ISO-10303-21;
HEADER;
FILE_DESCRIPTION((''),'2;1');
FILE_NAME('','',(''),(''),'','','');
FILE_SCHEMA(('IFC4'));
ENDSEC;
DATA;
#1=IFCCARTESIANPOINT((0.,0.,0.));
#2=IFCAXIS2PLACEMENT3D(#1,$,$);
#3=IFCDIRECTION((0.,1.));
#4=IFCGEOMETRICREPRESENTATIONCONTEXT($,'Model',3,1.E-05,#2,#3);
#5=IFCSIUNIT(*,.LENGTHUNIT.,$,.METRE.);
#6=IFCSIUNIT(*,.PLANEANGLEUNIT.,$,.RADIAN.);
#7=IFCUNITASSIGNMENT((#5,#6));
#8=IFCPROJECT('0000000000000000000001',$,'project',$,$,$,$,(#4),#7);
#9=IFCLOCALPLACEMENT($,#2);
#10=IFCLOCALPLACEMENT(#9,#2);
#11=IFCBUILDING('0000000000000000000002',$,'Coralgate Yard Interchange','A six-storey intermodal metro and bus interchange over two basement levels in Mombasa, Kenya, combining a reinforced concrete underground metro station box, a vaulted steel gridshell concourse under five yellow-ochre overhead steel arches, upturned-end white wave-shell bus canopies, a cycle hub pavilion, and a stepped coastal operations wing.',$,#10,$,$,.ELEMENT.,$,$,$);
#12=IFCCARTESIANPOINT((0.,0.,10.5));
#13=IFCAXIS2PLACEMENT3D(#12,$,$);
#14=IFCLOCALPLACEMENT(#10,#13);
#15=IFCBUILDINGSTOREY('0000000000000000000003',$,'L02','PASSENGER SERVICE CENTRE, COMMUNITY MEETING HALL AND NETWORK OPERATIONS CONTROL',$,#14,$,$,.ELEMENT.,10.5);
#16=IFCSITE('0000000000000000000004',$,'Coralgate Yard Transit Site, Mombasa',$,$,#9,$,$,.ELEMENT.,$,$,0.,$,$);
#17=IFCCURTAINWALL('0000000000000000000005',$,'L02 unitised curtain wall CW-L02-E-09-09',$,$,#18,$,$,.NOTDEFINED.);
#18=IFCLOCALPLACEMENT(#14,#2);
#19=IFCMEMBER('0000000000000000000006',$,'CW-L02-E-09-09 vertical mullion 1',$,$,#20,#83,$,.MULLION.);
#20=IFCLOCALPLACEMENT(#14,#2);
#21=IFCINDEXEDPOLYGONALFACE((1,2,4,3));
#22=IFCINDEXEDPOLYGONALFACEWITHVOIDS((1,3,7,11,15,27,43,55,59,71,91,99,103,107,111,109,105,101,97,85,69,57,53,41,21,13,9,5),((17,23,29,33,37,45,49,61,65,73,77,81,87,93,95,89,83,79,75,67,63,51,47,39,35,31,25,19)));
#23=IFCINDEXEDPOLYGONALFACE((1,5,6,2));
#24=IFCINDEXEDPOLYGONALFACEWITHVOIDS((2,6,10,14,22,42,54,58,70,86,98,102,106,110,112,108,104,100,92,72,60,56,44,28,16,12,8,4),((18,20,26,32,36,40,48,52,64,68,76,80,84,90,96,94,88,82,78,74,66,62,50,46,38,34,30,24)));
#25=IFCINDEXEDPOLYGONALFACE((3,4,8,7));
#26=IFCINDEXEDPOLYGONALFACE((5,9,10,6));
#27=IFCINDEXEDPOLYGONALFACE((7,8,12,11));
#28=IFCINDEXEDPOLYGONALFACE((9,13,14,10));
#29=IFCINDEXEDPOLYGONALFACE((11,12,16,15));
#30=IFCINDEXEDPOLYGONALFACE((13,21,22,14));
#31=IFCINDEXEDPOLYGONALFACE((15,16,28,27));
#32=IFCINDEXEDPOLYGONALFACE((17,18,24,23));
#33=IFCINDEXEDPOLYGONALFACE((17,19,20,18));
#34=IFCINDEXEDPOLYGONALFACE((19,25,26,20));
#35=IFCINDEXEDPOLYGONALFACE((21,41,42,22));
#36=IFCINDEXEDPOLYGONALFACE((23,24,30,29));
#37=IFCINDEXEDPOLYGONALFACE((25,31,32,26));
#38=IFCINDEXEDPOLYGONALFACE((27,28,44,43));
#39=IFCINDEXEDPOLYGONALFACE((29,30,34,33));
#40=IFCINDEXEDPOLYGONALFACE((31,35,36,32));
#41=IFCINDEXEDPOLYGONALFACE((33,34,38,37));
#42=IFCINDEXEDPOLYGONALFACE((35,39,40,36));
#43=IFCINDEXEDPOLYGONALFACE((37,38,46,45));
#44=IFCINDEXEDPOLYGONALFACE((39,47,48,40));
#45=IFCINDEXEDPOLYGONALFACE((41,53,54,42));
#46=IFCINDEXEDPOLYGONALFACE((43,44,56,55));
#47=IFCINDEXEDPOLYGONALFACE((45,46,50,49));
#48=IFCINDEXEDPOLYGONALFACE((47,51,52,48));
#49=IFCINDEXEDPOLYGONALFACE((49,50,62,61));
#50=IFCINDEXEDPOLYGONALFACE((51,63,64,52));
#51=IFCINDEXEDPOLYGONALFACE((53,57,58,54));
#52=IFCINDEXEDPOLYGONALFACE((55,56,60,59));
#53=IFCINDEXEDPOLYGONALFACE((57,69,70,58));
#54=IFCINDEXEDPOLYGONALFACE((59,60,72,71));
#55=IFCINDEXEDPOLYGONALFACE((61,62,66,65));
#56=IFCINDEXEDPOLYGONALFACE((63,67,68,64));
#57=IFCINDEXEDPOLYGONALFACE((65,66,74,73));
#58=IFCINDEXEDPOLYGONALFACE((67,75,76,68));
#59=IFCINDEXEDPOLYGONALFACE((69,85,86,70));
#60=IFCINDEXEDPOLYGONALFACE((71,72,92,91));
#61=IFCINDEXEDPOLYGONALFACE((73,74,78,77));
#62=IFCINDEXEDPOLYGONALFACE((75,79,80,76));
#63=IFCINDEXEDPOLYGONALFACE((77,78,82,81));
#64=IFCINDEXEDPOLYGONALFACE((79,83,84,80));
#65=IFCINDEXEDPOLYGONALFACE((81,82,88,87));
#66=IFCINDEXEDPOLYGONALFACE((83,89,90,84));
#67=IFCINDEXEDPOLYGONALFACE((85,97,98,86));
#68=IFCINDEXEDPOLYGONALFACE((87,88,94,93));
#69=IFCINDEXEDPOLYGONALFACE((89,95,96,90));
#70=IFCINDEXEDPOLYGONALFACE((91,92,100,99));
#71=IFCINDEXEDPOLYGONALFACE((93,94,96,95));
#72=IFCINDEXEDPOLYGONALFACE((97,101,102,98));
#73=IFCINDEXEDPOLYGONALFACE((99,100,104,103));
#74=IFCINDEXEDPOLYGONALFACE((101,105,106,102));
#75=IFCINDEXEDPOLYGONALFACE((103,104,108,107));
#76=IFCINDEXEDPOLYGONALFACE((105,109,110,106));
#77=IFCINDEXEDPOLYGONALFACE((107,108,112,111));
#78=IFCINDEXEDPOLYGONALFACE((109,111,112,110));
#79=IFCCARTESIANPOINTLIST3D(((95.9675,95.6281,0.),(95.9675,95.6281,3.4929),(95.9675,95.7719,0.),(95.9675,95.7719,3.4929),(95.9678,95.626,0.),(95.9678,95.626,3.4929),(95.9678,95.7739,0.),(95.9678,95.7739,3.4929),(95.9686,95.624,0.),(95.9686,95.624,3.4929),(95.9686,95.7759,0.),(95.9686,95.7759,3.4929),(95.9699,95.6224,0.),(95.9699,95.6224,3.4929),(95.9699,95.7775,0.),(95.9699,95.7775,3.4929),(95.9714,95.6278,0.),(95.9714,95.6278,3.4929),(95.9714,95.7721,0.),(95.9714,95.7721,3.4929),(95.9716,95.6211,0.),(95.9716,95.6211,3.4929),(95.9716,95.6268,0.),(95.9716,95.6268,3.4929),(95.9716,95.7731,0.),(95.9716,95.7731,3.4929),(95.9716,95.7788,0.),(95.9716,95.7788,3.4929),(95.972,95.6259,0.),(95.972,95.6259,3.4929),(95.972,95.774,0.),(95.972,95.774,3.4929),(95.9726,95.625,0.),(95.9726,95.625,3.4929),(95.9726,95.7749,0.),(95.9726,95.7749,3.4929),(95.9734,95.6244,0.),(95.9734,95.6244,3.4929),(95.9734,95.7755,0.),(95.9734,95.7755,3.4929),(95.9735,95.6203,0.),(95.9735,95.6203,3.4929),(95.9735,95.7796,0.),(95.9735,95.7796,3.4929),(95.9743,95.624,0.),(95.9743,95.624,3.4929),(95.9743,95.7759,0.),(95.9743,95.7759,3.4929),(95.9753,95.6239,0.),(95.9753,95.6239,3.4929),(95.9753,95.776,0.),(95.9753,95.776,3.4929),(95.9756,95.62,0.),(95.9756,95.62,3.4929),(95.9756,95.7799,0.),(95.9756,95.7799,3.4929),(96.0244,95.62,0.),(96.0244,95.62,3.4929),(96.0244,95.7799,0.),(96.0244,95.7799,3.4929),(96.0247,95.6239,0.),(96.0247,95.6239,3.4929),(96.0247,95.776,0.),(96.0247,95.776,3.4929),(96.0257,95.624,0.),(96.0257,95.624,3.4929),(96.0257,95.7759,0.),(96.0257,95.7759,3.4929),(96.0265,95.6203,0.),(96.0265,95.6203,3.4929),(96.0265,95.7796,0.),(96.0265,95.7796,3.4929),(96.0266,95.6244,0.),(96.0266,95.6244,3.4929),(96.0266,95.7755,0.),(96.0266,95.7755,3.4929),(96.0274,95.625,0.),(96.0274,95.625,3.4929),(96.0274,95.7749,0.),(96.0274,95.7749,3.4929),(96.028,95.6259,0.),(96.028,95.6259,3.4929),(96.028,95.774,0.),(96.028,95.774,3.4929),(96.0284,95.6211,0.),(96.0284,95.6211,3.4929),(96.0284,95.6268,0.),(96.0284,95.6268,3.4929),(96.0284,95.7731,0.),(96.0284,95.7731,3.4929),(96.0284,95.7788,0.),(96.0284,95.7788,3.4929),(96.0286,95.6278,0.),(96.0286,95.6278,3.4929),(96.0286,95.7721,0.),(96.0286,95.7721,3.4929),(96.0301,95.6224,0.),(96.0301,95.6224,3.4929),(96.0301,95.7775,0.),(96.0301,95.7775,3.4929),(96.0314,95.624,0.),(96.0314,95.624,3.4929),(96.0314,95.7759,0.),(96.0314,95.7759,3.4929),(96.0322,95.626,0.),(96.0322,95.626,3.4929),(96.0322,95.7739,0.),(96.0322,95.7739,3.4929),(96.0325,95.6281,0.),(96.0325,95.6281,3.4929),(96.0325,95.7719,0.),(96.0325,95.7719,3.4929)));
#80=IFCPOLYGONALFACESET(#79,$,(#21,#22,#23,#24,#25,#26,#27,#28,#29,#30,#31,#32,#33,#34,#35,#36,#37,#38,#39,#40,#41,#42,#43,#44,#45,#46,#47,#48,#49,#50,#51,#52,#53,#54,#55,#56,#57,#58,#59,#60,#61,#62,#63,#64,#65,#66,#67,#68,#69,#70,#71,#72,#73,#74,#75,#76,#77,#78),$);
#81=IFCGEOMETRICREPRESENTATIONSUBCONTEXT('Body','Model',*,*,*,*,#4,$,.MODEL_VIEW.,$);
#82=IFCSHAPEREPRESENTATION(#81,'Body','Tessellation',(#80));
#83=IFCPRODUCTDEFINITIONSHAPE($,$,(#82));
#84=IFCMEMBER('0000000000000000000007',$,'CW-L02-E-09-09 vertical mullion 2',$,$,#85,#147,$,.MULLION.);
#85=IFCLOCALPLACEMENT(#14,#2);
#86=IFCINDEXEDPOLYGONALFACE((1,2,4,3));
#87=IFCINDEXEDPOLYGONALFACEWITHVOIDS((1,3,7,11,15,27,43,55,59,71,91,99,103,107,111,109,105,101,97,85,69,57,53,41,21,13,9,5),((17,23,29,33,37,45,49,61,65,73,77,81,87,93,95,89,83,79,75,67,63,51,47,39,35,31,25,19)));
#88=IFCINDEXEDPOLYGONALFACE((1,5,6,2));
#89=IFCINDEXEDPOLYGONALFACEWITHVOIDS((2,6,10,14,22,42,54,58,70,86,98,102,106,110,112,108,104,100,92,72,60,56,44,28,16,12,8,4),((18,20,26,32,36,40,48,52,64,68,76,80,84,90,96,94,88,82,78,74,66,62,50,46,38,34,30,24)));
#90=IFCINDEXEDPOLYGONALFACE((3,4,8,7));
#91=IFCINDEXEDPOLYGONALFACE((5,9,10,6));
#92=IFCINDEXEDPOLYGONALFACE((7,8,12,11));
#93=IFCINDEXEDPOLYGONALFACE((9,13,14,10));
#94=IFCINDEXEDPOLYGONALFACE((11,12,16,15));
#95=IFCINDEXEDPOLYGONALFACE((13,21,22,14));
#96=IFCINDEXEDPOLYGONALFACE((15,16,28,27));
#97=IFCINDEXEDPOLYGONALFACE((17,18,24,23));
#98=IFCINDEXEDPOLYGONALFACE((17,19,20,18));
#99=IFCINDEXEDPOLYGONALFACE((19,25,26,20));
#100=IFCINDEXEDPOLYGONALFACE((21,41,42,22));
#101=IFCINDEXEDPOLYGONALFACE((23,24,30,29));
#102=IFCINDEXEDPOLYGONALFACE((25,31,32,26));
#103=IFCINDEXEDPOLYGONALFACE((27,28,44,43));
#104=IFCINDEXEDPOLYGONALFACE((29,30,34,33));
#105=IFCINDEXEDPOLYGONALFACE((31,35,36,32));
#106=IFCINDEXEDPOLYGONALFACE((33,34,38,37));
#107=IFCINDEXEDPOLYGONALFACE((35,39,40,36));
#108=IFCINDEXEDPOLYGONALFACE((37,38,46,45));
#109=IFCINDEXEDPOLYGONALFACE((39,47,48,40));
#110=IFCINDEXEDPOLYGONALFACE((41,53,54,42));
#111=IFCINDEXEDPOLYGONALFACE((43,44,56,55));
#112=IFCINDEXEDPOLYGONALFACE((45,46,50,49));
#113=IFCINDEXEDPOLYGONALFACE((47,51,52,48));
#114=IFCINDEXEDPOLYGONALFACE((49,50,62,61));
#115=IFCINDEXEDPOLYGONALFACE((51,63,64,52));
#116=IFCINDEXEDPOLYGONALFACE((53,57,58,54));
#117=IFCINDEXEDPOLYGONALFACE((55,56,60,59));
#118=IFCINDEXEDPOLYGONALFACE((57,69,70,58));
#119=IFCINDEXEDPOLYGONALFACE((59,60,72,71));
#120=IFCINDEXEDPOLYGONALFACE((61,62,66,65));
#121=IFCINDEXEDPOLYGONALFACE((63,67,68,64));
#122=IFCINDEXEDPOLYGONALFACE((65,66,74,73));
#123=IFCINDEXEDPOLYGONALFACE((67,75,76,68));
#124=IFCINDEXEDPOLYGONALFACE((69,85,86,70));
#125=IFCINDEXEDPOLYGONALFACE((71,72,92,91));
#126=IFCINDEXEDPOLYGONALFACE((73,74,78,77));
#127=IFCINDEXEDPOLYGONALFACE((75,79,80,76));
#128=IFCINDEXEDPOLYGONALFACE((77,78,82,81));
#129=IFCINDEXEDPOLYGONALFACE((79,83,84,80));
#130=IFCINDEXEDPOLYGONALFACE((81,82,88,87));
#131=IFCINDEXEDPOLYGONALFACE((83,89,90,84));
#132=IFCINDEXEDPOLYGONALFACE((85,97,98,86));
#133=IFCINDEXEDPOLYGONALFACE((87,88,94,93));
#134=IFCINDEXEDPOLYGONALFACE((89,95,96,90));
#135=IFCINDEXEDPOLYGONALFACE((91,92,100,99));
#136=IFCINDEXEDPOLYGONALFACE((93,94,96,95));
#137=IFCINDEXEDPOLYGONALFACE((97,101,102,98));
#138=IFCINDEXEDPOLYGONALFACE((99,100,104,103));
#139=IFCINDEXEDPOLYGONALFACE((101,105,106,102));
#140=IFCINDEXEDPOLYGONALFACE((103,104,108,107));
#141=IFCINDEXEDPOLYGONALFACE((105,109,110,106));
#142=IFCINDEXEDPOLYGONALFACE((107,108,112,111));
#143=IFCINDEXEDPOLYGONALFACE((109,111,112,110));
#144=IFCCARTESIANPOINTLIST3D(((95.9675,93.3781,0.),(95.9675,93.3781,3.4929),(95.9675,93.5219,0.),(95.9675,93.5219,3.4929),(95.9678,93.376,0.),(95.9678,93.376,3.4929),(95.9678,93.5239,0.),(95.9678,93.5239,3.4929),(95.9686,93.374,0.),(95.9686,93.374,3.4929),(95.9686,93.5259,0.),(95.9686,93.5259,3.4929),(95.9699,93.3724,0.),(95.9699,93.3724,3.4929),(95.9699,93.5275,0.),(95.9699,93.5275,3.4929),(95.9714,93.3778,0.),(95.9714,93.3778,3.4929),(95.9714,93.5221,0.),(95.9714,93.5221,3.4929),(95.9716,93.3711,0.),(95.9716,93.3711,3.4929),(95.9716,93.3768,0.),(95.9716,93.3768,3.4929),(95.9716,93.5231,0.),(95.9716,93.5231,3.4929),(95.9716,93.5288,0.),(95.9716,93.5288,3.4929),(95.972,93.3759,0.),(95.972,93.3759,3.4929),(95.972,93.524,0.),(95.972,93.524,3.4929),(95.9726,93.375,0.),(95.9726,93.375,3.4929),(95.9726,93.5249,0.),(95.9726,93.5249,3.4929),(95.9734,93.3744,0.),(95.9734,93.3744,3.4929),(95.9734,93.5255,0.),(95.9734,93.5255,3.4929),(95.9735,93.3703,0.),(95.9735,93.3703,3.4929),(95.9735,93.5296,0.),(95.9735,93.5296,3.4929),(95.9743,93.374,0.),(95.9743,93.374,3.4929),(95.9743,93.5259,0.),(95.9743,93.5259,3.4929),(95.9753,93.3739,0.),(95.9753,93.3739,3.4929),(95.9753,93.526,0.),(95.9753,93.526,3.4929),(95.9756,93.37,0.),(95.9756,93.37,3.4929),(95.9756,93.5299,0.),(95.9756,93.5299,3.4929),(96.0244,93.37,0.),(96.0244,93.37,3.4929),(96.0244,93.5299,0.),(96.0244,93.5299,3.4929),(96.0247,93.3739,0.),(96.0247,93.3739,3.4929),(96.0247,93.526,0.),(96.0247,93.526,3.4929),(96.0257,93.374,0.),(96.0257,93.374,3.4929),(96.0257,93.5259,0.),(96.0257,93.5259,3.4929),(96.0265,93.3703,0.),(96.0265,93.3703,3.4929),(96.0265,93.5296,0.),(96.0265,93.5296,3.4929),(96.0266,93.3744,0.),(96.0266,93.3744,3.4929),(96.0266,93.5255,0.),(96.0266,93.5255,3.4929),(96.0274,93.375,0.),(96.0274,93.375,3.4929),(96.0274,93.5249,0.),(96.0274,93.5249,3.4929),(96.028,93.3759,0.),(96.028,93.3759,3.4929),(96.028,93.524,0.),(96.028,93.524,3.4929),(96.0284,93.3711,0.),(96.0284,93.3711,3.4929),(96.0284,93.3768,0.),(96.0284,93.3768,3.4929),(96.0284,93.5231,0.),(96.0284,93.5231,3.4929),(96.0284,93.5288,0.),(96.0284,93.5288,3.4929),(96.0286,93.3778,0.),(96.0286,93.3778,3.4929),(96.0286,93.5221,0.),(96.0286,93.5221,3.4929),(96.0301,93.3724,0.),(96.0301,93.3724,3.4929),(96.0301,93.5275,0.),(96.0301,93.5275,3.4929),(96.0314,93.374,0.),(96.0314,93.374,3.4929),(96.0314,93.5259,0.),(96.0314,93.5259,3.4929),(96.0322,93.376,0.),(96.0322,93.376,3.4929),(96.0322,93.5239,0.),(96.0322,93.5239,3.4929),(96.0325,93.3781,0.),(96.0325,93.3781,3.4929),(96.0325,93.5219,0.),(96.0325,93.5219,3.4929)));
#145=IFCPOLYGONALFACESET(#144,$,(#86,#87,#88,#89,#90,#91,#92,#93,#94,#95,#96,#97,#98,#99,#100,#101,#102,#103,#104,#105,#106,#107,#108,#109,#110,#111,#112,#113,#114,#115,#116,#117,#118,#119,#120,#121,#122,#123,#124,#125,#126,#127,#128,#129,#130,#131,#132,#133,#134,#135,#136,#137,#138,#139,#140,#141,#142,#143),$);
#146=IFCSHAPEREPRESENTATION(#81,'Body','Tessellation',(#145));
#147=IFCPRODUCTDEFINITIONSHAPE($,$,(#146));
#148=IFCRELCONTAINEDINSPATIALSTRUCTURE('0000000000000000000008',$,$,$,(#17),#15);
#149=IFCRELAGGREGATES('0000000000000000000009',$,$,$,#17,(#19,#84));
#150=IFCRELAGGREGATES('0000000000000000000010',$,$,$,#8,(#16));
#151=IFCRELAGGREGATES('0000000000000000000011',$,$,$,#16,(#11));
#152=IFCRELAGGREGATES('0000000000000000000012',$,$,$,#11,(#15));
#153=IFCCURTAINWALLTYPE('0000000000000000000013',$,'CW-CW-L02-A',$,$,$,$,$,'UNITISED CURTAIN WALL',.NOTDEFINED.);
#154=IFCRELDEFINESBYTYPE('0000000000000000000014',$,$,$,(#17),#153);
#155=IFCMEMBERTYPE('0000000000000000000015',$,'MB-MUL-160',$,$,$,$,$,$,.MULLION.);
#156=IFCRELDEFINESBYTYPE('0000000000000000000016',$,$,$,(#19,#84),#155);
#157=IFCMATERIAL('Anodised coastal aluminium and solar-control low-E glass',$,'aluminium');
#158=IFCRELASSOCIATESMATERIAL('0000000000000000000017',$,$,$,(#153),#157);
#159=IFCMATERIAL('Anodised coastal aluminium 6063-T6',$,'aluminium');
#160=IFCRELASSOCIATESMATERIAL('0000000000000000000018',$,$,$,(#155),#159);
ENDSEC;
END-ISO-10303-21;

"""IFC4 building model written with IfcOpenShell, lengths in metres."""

from ifc_helpers import new_model, si_unit, direction, frame, origin, origin_2d, place, context, subcontext, project, spatial, hollow_rectangle, extrude, material, material_profile, profile_set, type_object, element, aggregate, save


model = new_model("IFC4")

# Units and contexts
model_context = context("Model", 3, precision=1e-05, world=origin(), true_north=direction((0.0, 1.0)))
body_context = subcontext(model_context, "Body", "Model", "MODEL_VIEW")
ifc_project = project(units=[si_unit("LENGTHUNIT", "METRE"), si_unit("PLANEANGLEUNIT", "RADIAN")], contexts=[model_context])

# Site, building, storey
site_placement = place(None, origin())
site = spatial("IfcSite", under=ifc_project, at=site_placement, Name="Coralgate Yard Transit Site, Mombasa", CompositionType="ELEMENT", RefElevation=0.0)
building_placement = place(site_placement, origin())
building = spatial("IfcBuilding", under=site, at=building_placement, Name="Coralgate Yard Interchange", Description="A six-storey intermodal metro and bus interchange over two basement levels in Mombasa, Kenya, combining a reinforced concrete underground metro station box, a vaulted steel gridshell concourse under five yellow-ochre overhead steel arches, upturned-end white wave-shell bus canopies, a cycle hub pavilion, and a stepped coastal operations wing.", CompositionType="ELEMENT")
storey_placement = place(building_placement, frame((0.0, 0.0, 10.5)))
storey = spatial("IfcBuildingStorey", under=building, at=storey_placement, Name="L02", Description="PASSENGER SERVICE CENTRE, COMMUNITY MEETING HALL AND NETWORK OPERATIONS CONTROL", CompositionType="ELEMENT", Elevation=10.5)

# Shared definitions
ifc_material_1 = material(Name="Anodised coastal aluminium and solar-control low-E glass", Category="aluminium")
curtain_wall_type = type_object("IfcCurtainWallType", Name="CW-CW-L02-A", ElementType="UNITISED CURTAIN WALL", PredefinedType="NOTDEFINED", material=ifc_material_1)
ifc_material_2 = material(Name="Anodised coastal aluminium 6063-T6", Category="aluminium")
ifc_material_profile_1 = material_profile(ifc_material_2, hollow_rectangle(XDim=0.0649, YDim=0.1599, WallThickness=0.0039, InnerFilletRadius=0.0039, OuterFilletRadius=0.0081, at=origin_2d()), Name="ALU 65x160x4")
ifc_profile_set_1 = profile_set([ifc_material_profile_1], Name="Anodised coastal aluminium 6063-T6")
member_type_1 = type_object("IfcMemberType", Name="MB-MUL-160", PredefinedType="MULLION", material=ifc_profile_set_1)

# Curtain wall, members
curtain_wall_1_placement = place(storey_placement, origin())
curtain_wall_1 = element("IfcCurtainWall", 1, at=curtain_wall_1_placement, inside=storey, type_object=curtain_wall_type, Name="L02 unitised curtain wall CW-L02-E-09-09", PredefinedType="NOTDEFINED")
member_1_placement = place(storey_placement, frame((96.0, 95.7, 0.0), z_axis=(0.0, 0.0, 1.0), x_axis=(1.0, 0.0, 0.0)))
member_1 = element("IfcMember", 2, at=member_1_placement, type_object=member_type_1, Name="CW-L02-E-09-09 vertical mullion 1", PredefinedType="MULLION", context=body_context, shape_type="SweptSolid", body=[
    extrude(hollow_rectangle(XDim=0.0649, YDim=0.1599, WallThickness=0.0039, InnerFilletRadius=0.0039, OuterFilletRadius=0.0081, at=origin_2d()), origin(), (0.0, 0.0, 1.0), 3.4929),
])
member_2_placement = place(storey_placement, frame((96.0, 93.45, 0.0), z_axis=(0.0, 0.0, 1.0), x_axis=(1.0, 0.0, 0.0)))
member_2 = element("IfcMember", 3, at=member_2_placement, type_object=member_type_1, Name="CW-L02-E-09-09 vertical mullion 2", PredefinedType="MULLION", context=body_context, shape_type="SweptSolid", body=[
    extrude(hollow_rectangle(XDim=0.0649, YDim=0.1599, WallThickness=0.0039, InnerFilletRadius=0.0039, OuterFilletRadius=0.0081, at=origin_2d()), origin(), (0.0, 0.0, 1.0), 3.4929),
])

aggregate(curtain_wall_1, [member_1, member_2])

save(model, "model.ifc")
